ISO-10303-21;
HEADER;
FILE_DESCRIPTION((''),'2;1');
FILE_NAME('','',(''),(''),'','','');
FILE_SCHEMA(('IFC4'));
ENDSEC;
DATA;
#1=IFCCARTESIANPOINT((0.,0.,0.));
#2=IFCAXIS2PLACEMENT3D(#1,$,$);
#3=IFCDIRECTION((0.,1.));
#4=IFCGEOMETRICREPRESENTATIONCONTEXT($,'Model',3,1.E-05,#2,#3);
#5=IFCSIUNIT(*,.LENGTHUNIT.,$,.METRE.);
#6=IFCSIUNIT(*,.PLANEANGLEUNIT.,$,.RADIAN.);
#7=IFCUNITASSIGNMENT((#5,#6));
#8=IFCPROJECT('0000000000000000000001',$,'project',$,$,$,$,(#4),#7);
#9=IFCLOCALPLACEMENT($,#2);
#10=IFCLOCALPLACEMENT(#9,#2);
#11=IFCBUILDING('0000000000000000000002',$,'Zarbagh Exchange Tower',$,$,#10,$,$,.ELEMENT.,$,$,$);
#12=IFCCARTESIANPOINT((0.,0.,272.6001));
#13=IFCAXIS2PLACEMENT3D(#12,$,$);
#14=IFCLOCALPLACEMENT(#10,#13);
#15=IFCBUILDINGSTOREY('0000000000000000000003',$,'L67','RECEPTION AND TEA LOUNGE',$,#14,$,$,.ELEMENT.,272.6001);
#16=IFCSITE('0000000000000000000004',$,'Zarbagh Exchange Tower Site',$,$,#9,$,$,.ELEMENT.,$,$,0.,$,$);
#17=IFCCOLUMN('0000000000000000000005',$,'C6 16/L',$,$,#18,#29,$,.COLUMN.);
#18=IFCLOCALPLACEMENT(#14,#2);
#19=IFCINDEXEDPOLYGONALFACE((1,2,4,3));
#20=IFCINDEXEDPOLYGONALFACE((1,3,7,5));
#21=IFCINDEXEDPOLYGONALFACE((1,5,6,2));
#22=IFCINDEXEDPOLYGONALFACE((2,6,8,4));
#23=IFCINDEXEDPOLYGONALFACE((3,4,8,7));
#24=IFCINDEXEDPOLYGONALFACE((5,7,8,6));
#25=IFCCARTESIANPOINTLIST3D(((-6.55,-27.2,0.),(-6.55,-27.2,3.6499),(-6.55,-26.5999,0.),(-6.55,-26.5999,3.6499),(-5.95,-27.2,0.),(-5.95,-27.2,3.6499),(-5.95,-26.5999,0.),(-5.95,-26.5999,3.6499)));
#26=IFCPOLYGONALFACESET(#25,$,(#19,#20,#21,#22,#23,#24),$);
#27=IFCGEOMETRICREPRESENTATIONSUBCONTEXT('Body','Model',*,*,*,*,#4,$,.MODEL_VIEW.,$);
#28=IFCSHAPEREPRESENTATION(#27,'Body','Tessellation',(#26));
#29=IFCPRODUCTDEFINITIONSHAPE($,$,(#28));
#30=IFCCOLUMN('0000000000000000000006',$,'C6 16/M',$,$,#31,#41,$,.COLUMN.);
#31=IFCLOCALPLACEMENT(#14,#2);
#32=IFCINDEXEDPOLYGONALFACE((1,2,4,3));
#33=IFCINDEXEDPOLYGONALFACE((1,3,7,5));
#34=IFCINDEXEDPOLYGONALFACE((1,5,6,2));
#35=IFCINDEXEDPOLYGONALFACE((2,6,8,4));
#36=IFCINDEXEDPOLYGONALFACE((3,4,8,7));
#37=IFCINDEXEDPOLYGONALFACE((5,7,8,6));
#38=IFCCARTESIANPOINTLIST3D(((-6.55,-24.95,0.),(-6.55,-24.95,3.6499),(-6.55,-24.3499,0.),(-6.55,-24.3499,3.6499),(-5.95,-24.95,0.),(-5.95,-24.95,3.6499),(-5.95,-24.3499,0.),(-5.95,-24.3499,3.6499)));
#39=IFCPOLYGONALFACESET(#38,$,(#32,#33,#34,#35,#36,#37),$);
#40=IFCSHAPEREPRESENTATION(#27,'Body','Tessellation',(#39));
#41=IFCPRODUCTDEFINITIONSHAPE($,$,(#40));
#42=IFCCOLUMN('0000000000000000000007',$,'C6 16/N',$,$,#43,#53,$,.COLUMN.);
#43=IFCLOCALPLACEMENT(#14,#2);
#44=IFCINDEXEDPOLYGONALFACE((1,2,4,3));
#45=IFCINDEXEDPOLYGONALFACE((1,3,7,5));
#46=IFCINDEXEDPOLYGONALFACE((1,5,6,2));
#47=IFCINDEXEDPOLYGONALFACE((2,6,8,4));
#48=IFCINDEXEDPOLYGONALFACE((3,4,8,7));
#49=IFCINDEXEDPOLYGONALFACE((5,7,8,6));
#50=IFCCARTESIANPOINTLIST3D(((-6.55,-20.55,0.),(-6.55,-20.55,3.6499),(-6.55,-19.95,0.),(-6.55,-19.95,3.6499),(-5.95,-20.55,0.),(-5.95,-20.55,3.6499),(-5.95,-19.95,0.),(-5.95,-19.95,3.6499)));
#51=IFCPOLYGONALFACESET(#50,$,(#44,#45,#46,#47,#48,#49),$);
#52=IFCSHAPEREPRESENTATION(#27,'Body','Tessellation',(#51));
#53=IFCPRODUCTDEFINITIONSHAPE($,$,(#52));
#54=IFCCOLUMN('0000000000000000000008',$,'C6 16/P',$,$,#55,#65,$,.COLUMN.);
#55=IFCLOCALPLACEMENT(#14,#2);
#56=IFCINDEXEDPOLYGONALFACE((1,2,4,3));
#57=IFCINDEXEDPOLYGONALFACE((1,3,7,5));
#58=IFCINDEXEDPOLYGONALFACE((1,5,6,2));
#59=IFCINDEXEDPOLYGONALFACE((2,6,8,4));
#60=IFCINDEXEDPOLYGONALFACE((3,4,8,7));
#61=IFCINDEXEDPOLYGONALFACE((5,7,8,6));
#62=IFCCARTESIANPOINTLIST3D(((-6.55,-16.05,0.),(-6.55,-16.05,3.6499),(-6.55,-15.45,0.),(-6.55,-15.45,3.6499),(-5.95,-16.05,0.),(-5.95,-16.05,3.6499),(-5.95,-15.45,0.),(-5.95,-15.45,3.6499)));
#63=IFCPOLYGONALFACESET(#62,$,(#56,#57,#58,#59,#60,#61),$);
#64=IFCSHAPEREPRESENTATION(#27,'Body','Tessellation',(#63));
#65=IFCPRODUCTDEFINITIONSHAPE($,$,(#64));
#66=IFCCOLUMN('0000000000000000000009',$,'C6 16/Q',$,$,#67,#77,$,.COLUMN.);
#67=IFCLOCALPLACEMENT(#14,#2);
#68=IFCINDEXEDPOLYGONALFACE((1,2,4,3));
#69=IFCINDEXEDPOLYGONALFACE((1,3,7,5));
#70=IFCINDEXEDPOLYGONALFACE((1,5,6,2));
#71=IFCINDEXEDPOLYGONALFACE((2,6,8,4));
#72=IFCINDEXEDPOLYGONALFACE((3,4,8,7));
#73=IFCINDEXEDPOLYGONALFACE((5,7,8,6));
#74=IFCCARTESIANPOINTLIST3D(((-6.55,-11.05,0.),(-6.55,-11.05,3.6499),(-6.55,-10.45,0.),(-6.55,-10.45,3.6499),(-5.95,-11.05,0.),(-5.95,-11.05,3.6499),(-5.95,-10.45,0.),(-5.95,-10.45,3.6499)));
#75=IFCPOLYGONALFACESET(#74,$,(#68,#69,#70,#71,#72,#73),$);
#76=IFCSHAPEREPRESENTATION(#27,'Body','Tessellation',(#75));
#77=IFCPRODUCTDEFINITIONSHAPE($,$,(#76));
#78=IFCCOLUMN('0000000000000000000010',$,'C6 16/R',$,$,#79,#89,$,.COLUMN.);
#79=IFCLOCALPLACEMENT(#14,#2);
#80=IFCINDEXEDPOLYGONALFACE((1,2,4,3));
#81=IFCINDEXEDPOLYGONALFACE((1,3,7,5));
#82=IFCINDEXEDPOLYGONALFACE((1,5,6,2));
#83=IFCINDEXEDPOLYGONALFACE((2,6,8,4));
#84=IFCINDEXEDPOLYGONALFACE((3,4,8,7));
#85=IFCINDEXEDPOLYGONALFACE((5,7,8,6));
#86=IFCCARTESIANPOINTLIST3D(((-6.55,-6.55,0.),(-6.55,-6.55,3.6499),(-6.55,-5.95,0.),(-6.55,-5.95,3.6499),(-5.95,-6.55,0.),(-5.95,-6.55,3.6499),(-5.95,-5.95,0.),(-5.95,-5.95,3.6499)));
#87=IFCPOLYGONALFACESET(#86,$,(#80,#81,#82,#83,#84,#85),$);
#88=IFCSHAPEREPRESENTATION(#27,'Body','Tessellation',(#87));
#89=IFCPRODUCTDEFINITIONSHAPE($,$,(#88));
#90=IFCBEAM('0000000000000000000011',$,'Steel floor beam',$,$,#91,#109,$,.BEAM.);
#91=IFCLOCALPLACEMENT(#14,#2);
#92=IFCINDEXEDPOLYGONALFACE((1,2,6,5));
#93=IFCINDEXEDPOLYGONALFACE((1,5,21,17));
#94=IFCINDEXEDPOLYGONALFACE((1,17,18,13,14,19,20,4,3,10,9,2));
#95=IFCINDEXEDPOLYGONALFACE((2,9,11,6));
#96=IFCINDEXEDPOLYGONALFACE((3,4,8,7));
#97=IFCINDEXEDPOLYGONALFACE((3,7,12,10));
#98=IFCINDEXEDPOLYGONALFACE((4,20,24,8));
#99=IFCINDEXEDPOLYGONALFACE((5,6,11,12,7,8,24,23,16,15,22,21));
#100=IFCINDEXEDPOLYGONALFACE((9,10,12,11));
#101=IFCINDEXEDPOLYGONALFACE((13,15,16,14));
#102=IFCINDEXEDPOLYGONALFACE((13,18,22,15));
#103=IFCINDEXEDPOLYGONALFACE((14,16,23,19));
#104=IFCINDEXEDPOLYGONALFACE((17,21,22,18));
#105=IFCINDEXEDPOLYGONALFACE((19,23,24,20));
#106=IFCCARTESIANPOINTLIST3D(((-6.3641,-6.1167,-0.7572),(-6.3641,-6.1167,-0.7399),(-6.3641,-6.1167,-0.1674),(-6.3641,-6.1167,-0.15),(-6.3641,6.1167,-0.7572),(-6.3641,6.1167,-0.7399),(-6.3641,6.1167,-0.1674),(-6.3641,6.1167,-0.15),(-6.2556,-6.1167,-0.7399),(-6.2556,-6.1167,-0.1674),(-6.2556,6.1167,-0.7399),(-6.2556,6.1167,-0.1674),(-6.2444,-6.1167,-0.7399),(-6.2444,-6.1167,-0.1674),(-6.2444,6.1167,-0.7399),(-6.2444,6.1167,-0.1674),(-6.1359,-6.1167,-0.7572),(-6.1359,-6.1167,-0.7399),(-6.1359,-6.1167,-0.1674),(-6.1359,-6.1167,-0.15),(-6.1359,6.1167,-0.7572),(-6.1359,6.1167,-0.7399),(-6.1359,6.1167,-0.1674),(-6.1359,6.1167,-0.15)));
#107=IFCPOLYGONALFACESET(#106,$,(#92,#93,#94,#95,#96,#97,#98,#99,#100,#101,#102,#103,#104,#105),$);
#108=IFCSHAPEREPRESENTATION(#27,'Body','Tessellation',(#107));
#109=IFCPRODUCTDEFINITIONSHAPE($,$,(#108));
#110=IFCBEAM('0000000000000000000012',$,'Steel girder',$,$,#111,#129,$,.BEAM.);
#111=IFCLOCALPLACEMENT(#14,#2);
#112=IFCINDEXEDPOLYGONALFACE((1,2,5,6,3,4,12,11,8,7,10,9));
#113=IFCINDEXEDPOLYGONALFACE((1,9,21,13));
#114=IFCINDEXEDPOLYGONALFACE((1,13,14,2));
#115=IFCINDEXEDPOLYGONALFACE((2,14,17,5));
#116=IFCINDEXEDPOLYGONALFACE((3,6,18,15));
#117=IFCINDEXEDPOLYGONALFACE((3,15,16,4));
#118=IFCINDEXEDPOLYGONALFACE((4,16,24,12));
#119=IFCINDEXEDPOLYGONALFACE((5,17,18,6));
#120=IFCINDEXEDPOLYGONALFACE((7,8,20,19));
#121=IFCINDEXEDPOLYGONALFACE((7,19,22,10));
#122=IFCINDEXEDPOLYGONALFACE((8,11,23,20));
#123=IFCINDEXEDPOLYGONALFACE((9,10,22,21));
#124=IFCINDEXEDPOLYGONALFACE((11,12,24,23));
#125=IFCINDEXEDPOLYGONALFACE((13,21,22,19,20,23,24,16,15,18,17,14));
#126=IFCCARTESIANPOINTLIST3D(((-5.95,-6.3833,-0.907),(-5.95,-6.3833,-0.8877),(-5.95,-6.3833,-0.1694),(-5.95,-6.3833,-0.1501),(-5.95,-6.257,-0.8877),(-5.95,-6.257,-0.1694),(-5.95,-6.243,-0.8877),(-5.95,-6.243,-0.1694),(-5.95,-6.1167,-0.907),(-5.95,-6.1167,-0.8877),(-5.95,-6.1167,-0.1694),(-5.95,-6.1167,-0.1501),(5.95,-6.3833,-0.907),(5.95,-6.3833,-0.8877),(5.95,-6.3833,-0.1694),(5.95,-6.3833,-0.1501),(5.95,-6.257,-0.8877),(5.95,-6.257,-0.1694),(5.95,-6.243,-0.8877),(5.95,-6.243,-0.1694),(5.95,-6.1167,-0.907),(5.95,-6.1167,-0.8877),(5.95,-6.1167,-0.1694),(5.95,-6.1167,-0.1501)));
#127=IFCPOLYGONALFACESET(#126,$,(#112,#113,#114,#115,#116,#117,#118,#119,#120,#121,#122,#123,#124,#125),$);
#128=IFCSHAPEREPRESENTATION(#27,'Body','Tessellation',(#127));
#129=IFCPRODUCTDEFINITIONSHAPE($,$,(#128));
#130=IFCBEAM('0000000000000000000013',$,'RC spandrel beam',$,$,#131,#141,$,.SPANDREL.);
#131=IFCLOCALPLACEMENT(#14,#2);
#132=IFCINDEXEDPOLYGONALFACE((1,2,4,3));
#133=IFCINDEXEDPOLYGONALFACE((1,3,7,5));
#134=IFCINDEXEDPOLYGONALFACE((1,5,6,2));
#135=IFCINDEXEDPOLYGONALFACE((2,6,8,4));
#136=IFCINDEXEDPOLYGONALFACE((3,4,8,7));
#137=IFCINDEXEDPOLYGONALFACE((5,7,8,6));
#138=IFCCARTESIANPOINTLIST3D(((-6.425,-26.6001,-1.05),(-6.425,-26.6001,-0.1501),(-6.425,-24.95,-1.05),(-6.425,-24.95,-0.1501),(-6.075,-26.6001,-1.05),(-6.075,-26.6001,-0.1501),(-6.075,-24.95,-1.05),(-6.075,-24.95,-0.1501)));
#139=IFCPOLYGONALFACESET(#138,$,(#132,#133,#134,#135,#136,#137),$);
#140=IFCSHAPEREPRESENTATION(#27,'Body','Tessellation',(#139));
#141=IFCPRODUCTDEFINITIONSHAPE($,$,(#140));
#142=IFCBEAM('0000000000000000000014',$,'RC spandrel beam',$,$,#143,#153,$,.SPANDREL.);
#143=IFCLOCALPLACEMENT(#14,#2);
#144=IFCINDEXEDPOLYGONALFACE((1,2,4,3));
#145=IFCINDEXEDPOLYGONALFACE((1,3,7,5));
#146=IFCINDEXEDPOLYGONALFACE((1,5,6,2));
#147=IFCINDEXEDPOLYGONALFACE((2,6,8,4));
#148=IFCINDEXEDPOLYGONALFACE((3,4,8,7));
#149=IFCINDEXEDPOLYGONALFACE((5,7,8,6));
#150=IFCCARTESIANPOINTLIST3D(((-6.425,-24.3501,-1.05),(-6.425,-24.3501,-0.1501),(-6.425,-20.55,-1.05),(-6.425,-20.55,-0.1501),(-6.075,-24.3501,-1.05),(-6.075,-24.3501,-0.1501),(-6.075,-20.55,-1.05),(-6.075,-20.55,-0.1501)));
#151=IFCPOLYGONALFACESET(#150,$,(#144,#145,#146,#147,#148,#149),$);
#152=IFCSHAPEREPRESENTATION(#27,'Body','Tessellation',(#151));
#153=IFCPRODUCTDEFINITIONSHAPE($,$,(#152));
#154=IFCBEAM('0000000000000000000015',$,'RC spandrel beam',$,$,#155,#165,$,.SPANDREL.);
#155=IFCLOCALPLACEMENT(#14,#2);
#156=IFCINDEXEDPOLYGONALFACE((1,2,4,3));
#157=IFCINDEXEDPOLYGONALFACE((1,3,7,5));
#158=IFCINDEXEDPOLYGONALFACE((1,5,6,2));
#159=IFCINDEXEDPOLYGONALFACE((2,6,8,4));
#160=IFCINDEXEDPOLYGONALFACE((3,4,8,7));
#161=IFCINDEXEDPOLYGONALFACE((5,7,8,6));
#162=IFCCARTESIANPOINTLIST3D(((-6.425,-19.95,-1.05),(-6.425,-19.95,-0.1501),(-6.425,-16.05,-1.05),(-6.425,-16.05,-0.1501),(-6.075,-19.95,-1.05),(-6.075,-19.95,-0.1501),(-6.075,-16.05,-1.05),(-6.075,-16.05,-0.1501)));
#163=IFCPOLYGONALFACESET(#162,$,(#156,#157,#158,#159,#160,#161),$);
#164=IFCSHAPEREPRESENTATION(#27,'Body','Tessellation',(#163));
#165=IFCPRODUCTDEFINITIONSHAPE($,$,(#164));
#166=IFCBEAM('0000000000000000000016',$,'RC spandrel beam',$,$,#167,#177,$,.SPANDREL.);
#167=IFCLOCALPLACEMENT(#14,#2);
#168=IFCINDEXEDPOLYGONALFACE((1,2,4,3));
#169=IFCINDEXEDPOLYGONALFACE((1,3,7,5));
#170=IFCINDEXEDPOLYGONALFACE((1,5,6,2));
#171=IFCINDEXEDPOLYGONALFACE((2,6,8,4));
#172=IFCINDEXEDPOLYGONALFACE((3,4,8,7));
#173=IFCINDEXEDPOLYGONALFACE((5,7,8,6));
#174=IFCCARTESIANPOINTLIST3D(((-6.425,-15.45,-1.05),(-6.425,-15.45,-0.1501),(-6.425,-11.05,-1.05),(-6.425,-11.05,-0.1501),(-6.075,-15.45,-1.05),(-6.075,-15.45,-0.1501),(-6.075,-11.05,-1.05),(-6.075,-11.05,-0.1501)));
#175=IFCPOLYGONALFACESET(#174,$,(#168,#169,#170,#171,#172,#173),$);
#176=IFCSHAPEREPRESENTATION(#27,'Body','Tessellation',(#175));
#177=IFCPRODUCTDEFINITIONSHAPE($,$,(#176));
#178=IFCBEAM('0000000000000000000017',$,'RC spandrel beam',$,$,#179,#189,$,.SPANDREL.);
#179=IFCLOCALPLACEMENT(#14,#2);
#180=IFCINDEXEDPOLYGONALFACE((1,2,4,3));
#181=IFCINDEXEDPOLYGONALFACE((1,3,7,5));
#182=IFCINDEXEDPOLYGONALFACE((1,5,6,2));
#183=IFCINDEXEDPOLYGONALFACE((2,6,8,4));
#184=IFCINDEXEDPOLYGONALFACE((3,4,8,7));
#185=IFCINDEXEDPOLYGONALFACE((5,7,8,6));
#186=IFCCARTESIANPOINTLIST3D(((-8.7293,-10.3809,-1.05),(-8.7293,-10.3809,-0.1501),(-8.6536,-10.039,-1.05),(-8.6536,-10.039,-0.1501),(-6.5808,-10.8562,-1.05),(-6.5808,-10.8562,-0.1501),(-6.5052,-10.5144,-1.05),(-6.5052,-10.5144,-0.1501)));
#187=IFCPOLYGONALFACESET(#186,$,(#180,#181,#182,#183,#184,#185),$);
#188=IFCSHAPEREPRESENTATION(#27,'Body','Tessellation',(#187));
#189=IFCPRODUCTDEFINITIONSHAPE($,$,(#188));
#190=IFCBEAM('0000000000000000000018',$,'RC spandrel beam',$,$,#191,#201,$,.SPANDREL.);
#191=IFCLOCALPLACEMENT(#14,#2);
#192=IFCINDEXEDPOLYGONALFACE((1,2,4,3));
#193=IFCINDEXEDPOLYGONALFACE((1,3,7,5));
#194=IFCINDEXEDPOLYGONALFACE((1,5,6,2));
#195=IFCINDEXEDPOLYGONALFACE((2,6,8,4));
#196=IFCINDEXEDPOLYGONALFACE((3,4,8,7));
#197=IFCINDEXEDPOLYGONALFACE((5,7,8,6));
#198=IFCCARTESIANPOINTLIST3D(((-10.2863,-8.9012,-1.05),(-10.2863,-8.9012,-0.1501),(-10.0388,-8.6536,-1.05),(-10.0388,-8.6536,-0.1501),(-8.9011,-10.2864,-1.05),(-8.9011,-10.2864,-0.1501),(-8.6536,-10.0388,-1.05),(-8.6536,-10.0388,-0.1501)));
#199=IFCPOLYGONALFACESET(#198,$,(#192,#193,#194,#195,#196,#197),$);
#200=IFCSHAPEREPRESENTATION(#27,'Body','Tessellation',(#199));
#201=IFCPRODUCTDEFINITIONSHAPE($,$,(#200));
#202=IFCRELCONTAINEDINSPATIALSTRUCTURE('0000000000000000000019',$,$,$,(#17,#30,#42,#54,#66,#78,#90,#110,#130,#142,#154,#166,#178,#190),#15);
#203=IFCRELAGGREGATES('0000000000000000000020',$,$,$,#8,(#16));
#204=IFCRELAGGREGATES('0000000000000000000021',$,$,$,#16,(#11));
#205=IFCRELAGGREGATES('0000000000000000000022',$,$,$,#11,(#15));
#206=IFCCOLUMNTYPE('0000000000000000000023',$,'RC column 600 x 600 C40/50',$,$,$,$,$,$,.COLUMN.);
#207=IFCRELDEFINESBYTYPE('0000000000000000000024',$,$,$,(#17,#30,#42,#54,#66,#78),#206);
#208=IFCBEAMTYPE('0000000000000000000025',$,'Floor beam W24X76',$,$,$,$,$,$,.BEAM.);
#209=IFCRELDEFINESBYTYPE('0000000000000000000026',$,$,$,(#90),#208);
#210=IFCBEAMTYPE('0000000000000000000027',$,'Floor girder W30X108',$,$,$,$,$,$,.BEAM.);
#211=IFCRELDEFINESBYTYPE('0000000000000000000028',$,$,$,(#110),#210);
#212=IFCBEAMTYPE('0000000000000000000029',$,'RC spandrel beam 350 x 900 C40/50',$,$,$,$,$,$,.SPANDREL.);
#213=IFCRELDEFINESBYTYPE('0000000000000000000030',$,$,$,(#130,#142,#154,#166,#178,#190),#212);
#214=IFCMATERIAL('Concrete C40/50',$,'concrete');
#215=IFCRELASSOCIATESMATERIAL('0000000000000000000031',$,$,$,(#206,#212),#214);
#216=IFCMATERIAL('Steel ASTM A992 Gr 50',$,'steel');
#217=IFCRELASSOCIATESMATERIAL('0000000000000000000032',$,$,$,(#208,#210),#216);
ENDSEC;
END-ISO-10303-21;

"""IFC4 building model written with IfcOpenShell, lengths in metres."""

from ifc_helpers import new_model, si_unit, direction, frame, origin, origin_2d, place, context, subcontext, project, spatial, rectangle, i_section, extrude, material, material_profile, profile_set, type_object, element, save


model = new_model("IFC4")

# Units and contexts
model_context = context("Model", 3, precision=1e-05, world=origin(), true_north=direction((0.0, 1.0)))
body_context = subcontext(model_context, "Body", "Model", "MODEL_VIEW")
ifc_project = project(units=[si_unit("LENGTHUNIT", "METRE"), si_unit("PLANEANGLEUNIT", "RADIAN")], contexts=[model_context])

# Site, building, storey
site_placement = place(None, origin())
site = spatial("IfcSite", under=ifc_project, at=site_placement, Name="Zarbagh Exchange Tower Site", CompositionType="ELEMENT", RefElevation=0.0)
building_placement = place(site_placement, origin())
building = spatial("IfcBuilding", under=site, at=building_placement, Name="Zarbagh Exchange Tower", CompositionType="ELEMENT")
storey_placement = place(building_placement, frame((0.0, 0.0, 272.6001)))
storey = spatial("IfcBuildingStorey", under=building, at=storey_placement, Name="L67", Description="RECEPTION AND TEA LOUNGE", CompositionType="ELEMENT", Elevation=272.6001)

# Columns
ifc_material_1 = material(Name="Concrete C40/50", Category="concrete")
ifc_material_profile_1 = material_profile(ifc_material_1, rectangle(XDim=0.6001, YDim=0.6001, at=origin_2d()), Name="RC column 600 x 600 C40/50")
ifc_profile_set_1 = profile_set([ifc_material_profile_1], Name="Concrete C40/50")
column_type = type_object("IfcColumnType", Name="RC column 600 x 600 C40/50", PredefinedType="COLUMN", material=ifc_profile_set_1)
for number, where, z_axis, x_axis, name in (
    (1, (-6.25, -26.8999, 0.0), (0.0, 0.0, 1.0), (1.0, 0.0, 0.0), "C6 16/L"),
    (2, (-6.25, -24.6499, 0.0), (0.0, 0.0, 1.0), (1.0, 0.0, 0.0), "C6 16/M"),
    (3, (-6.25, -20.25, 0.0), (0.0, 0.0, 1.0), (1.0, 0.0, 0.0), "C6 16/N"),
    (4, (-6.25, -15.75, 0.0), (0.0, 0.0, 1.0), (1.0, 0.0, 0.0), "C6 16/P"),
    (5, (-6.25, -10.75, 0.0), (0.0, 0.0, 1.0), (1.0, 0.0, 0.0), "C6 16/Q"),
    (6, (-6.25, -6.25, 0.0), (0.0, 0.0, 1.0), (1.0, 0.0, 0.0), "C6 16/R"),
):
    element("IfcColumn", number, at=place(storey_placement, frame(where, z_axis=z_axis, x_axis=x_axis)), inside=storey, type_object=column_type, Name=name, PredefinedType="COLUMN", context=body_context, shape_type="SweptSolid", body=[
        extrude(rectangle(XDim=0.6001, YDim=0.6001, at=origin_2d()), origin(), (0.0, 0.0, 1.0), 3.6499),
    ])

# Beams
ifc_material_2 = material(Name="Steel ASTM A992 Gr 50", Category="steel")
ifc_material_profile_2 = material_profile(ifc_material_2, i_section(OverallWidth=0.2283, OverallDepth=0.6072, WebThickness=0.0112, FlangeThickness=0.0173, at=origin_2d()), Name="W24X76")
ifc_profile_set_2 = profile_set([ifc_material_profile_2], Name="Steel ASTM A992 Gr 50")
beam_type_1 = type_object("IfcBeamType", Name="Floor beam W24X76", PredefinedType="BEAM", material=ifc_profile_set_2)
beam_1_placement = place(storey_placement, frame((-6.25, -6.1167, -0.4536), z_axis=(0.0, 1.0, 0.0), x_axis=(-1.0, 0.0, 0.0)))
element("IfcBeam", 7, at=beam_1_placement, inside=storey, type_object=beam_type_1, Name="Steel floor beam", PredefinedType="BEAM", context=body_context, shape_type="SweptSolid", body=[
    extrude(i_section(OverallWidth=0.2283, OverallDepth=0.6072, WebThickness=0.0112, FlangeThickness=0.0173, at=origin_2d()), origin(), (0.0, 0.0, 1.0), 12.2334),
])
ifc_material_profile_3 = material_profile(ifc_material_2, i_section(OverallWidth=0.2666, OverallDepth=0.7568, WebThickness=0.0139, FlangeThickness=0.0193, at=origin_2d()), Name="W30X108")
ifc_profile_set_3 = profile_set([ifc_material_profile_3], Name="Steel ASTM A992 Gr 50")
beam_type_2 = type_object("IfcBeamType", Name="Floor girder W30X108", PredefinedType="BEAM", material=ifc_profile_set_3)
beam_2_placement = place(storey_placement, frame((-5.95, -6.25, -0.5286), z_axis=(1.0, 0.0, 0.0), x_axis=(0.0, 1.0, 0.0)))
element("IfcBeam", 8, at=beam_2_placement, inside=storey, type_object=beam_type_2, Name="Steel girder", PredefinedType="BEAM", context=body_context, shape_type="SweptSolid", body=[
    extrude(i_section(OverallWidth=0.2666, OverallDepth=0.7568, WebThickness=0.0139, FlangeThickness=0.0193, at=origin_2d()), origin(), (0.0, 0.0, 1.0), 11.8999),
])
ifc_material_profile_4 = material_profile(ifc_material_1, rectangle(XDim=0.3501, YDim=0.8999, at=origin_2d()), Name="RC spandrel beam 350 x 900 C40/50")
ifc_profile_set_4 = profile_set([ifc_material_profile_4], Name="Concrete C40/50")
beam_type_3 = type_object("IfcBeamType", Name="RC spandrel beam 350 x 900 C40/50", PredefinedType="SPANDREL", material=ifc_profile_set_4)
beam_3_placement = place(storey_placement, frame((-6.25, -26.6001, -0.6001), z_axis=(0.0, 1.0, 0.0), x_axis=(-1.0, 0.0, 0.0)))
element("IfcBeam", 9, at=beam_3_placement, inside=storey, type_object=beam_type_3, Name="RC spandrel beam", PredefinedType="SPANDREL", context=body_context, shape_type="SweptSolid", body=[
    extrude(rectangle(XDim=0.3501, YDim=0.8999, at=origin_2d()), origin(), (0.0, 0.0, 1.0), 1.6501),
])
beam_4_placement = place(storey_placement, frame((-6.25, -24.3501, -0.6001), z_axis=(0.0, 1.0, 0.0), x_axis=(-1.0, 0.0, 0.0)))
element("IfcBeam", 10, at=beam_4_placement, inside=storey, type_object=beam_type_3, Name="RC spandrel beam", PredefinedType="SPANDREL", context=body_context, shape_type="SweptSolid", body=[
    extrude(rectangle(XDim=0.3501, YDim=0.8999, at=origin_2d()), origin(), (0.0, 0.0, 1.0), 3.8),
])
beam_5_placement = place(storey_placement, frame((-6.25, -19.95, -0.6001), z_axis=(0.0, 1.0, 0.0), x_axis=(-1.0, 0.0, 0.0)))
element("IfcBeam", 11, at=beam_5_placement, inside=storey, type_object=beam_type_3, Name="RC spandrel beam", PredefinedType="SPANDREL", context=body_context, shape_type="SweptSolid", body=[
    extrude(rectangle(XDim=0.3501, YDim=0.8999, at=origin_2d()), origin(), (0.0, 0.0, 1.0), 3.8999),
])
beam_6_placement = place(storey_placement, frame((-6.25, -15.45, -0.6001), z_axis=(0.0, 1.0, 0.0), x_axis=(-1.0, 0.0, 0.0)))
element("IfcBeam", 12, at=beam_6_placement, inside=storey, type_object=beam_type_3, Name="RC spandrel beam", PredefinedType="SPANDREL", context=body_context, shape_type="SweptSolid", body=[
    extrude(rectangle(XDim=0.3501, YDim=0.8999, at=origin_2d()), origin(), (0.0, 0.0, 1.0), 4.3999),
])
beam_7_placement = place(storey_placement, frame((-6.543, -10.6853, -0.6001), z_axis=(-0.976388, 0.216026, 0.0), x_axis=(-0.216026, -0.976388, 0.0)))
element("IfcBeam", 13, at=beam_7_placement, inside=storey, type_object=beam_type_3, Name="RC spandrel beam", PredefinedType="SPANDREL", context=body_context, shape_type="SweptSolid", body=[
    extrude(rectangle(XDim=0.3501, YDim=0.8999, at=origin_2d()), origin(), (0.0, 0.0, 1.0), 2.2004),
])
beam_8_placement = place(storey_placement, frame((-8.7773, -10.1626, -0.6001), z_axis=(-0.707107, 0.707107, 0.0), x_axis=(-0.707107, -0.707107, 0.0)))
element("IfcBeam", 14, at=beam_8_placement, inside=storey, type_object=beam_type_3, Name="RC spandrel beam", PredefinedType="SPANDREL", context=body_context, shape_type="SweptSolid", body=[
    extrude(rectangle(XDim=0.3501, YDim=0.8999, at=origin_2d()), origin(), (0.0, 0.0, 1.0), 1.959),
])

save(model, "model.ifc")
